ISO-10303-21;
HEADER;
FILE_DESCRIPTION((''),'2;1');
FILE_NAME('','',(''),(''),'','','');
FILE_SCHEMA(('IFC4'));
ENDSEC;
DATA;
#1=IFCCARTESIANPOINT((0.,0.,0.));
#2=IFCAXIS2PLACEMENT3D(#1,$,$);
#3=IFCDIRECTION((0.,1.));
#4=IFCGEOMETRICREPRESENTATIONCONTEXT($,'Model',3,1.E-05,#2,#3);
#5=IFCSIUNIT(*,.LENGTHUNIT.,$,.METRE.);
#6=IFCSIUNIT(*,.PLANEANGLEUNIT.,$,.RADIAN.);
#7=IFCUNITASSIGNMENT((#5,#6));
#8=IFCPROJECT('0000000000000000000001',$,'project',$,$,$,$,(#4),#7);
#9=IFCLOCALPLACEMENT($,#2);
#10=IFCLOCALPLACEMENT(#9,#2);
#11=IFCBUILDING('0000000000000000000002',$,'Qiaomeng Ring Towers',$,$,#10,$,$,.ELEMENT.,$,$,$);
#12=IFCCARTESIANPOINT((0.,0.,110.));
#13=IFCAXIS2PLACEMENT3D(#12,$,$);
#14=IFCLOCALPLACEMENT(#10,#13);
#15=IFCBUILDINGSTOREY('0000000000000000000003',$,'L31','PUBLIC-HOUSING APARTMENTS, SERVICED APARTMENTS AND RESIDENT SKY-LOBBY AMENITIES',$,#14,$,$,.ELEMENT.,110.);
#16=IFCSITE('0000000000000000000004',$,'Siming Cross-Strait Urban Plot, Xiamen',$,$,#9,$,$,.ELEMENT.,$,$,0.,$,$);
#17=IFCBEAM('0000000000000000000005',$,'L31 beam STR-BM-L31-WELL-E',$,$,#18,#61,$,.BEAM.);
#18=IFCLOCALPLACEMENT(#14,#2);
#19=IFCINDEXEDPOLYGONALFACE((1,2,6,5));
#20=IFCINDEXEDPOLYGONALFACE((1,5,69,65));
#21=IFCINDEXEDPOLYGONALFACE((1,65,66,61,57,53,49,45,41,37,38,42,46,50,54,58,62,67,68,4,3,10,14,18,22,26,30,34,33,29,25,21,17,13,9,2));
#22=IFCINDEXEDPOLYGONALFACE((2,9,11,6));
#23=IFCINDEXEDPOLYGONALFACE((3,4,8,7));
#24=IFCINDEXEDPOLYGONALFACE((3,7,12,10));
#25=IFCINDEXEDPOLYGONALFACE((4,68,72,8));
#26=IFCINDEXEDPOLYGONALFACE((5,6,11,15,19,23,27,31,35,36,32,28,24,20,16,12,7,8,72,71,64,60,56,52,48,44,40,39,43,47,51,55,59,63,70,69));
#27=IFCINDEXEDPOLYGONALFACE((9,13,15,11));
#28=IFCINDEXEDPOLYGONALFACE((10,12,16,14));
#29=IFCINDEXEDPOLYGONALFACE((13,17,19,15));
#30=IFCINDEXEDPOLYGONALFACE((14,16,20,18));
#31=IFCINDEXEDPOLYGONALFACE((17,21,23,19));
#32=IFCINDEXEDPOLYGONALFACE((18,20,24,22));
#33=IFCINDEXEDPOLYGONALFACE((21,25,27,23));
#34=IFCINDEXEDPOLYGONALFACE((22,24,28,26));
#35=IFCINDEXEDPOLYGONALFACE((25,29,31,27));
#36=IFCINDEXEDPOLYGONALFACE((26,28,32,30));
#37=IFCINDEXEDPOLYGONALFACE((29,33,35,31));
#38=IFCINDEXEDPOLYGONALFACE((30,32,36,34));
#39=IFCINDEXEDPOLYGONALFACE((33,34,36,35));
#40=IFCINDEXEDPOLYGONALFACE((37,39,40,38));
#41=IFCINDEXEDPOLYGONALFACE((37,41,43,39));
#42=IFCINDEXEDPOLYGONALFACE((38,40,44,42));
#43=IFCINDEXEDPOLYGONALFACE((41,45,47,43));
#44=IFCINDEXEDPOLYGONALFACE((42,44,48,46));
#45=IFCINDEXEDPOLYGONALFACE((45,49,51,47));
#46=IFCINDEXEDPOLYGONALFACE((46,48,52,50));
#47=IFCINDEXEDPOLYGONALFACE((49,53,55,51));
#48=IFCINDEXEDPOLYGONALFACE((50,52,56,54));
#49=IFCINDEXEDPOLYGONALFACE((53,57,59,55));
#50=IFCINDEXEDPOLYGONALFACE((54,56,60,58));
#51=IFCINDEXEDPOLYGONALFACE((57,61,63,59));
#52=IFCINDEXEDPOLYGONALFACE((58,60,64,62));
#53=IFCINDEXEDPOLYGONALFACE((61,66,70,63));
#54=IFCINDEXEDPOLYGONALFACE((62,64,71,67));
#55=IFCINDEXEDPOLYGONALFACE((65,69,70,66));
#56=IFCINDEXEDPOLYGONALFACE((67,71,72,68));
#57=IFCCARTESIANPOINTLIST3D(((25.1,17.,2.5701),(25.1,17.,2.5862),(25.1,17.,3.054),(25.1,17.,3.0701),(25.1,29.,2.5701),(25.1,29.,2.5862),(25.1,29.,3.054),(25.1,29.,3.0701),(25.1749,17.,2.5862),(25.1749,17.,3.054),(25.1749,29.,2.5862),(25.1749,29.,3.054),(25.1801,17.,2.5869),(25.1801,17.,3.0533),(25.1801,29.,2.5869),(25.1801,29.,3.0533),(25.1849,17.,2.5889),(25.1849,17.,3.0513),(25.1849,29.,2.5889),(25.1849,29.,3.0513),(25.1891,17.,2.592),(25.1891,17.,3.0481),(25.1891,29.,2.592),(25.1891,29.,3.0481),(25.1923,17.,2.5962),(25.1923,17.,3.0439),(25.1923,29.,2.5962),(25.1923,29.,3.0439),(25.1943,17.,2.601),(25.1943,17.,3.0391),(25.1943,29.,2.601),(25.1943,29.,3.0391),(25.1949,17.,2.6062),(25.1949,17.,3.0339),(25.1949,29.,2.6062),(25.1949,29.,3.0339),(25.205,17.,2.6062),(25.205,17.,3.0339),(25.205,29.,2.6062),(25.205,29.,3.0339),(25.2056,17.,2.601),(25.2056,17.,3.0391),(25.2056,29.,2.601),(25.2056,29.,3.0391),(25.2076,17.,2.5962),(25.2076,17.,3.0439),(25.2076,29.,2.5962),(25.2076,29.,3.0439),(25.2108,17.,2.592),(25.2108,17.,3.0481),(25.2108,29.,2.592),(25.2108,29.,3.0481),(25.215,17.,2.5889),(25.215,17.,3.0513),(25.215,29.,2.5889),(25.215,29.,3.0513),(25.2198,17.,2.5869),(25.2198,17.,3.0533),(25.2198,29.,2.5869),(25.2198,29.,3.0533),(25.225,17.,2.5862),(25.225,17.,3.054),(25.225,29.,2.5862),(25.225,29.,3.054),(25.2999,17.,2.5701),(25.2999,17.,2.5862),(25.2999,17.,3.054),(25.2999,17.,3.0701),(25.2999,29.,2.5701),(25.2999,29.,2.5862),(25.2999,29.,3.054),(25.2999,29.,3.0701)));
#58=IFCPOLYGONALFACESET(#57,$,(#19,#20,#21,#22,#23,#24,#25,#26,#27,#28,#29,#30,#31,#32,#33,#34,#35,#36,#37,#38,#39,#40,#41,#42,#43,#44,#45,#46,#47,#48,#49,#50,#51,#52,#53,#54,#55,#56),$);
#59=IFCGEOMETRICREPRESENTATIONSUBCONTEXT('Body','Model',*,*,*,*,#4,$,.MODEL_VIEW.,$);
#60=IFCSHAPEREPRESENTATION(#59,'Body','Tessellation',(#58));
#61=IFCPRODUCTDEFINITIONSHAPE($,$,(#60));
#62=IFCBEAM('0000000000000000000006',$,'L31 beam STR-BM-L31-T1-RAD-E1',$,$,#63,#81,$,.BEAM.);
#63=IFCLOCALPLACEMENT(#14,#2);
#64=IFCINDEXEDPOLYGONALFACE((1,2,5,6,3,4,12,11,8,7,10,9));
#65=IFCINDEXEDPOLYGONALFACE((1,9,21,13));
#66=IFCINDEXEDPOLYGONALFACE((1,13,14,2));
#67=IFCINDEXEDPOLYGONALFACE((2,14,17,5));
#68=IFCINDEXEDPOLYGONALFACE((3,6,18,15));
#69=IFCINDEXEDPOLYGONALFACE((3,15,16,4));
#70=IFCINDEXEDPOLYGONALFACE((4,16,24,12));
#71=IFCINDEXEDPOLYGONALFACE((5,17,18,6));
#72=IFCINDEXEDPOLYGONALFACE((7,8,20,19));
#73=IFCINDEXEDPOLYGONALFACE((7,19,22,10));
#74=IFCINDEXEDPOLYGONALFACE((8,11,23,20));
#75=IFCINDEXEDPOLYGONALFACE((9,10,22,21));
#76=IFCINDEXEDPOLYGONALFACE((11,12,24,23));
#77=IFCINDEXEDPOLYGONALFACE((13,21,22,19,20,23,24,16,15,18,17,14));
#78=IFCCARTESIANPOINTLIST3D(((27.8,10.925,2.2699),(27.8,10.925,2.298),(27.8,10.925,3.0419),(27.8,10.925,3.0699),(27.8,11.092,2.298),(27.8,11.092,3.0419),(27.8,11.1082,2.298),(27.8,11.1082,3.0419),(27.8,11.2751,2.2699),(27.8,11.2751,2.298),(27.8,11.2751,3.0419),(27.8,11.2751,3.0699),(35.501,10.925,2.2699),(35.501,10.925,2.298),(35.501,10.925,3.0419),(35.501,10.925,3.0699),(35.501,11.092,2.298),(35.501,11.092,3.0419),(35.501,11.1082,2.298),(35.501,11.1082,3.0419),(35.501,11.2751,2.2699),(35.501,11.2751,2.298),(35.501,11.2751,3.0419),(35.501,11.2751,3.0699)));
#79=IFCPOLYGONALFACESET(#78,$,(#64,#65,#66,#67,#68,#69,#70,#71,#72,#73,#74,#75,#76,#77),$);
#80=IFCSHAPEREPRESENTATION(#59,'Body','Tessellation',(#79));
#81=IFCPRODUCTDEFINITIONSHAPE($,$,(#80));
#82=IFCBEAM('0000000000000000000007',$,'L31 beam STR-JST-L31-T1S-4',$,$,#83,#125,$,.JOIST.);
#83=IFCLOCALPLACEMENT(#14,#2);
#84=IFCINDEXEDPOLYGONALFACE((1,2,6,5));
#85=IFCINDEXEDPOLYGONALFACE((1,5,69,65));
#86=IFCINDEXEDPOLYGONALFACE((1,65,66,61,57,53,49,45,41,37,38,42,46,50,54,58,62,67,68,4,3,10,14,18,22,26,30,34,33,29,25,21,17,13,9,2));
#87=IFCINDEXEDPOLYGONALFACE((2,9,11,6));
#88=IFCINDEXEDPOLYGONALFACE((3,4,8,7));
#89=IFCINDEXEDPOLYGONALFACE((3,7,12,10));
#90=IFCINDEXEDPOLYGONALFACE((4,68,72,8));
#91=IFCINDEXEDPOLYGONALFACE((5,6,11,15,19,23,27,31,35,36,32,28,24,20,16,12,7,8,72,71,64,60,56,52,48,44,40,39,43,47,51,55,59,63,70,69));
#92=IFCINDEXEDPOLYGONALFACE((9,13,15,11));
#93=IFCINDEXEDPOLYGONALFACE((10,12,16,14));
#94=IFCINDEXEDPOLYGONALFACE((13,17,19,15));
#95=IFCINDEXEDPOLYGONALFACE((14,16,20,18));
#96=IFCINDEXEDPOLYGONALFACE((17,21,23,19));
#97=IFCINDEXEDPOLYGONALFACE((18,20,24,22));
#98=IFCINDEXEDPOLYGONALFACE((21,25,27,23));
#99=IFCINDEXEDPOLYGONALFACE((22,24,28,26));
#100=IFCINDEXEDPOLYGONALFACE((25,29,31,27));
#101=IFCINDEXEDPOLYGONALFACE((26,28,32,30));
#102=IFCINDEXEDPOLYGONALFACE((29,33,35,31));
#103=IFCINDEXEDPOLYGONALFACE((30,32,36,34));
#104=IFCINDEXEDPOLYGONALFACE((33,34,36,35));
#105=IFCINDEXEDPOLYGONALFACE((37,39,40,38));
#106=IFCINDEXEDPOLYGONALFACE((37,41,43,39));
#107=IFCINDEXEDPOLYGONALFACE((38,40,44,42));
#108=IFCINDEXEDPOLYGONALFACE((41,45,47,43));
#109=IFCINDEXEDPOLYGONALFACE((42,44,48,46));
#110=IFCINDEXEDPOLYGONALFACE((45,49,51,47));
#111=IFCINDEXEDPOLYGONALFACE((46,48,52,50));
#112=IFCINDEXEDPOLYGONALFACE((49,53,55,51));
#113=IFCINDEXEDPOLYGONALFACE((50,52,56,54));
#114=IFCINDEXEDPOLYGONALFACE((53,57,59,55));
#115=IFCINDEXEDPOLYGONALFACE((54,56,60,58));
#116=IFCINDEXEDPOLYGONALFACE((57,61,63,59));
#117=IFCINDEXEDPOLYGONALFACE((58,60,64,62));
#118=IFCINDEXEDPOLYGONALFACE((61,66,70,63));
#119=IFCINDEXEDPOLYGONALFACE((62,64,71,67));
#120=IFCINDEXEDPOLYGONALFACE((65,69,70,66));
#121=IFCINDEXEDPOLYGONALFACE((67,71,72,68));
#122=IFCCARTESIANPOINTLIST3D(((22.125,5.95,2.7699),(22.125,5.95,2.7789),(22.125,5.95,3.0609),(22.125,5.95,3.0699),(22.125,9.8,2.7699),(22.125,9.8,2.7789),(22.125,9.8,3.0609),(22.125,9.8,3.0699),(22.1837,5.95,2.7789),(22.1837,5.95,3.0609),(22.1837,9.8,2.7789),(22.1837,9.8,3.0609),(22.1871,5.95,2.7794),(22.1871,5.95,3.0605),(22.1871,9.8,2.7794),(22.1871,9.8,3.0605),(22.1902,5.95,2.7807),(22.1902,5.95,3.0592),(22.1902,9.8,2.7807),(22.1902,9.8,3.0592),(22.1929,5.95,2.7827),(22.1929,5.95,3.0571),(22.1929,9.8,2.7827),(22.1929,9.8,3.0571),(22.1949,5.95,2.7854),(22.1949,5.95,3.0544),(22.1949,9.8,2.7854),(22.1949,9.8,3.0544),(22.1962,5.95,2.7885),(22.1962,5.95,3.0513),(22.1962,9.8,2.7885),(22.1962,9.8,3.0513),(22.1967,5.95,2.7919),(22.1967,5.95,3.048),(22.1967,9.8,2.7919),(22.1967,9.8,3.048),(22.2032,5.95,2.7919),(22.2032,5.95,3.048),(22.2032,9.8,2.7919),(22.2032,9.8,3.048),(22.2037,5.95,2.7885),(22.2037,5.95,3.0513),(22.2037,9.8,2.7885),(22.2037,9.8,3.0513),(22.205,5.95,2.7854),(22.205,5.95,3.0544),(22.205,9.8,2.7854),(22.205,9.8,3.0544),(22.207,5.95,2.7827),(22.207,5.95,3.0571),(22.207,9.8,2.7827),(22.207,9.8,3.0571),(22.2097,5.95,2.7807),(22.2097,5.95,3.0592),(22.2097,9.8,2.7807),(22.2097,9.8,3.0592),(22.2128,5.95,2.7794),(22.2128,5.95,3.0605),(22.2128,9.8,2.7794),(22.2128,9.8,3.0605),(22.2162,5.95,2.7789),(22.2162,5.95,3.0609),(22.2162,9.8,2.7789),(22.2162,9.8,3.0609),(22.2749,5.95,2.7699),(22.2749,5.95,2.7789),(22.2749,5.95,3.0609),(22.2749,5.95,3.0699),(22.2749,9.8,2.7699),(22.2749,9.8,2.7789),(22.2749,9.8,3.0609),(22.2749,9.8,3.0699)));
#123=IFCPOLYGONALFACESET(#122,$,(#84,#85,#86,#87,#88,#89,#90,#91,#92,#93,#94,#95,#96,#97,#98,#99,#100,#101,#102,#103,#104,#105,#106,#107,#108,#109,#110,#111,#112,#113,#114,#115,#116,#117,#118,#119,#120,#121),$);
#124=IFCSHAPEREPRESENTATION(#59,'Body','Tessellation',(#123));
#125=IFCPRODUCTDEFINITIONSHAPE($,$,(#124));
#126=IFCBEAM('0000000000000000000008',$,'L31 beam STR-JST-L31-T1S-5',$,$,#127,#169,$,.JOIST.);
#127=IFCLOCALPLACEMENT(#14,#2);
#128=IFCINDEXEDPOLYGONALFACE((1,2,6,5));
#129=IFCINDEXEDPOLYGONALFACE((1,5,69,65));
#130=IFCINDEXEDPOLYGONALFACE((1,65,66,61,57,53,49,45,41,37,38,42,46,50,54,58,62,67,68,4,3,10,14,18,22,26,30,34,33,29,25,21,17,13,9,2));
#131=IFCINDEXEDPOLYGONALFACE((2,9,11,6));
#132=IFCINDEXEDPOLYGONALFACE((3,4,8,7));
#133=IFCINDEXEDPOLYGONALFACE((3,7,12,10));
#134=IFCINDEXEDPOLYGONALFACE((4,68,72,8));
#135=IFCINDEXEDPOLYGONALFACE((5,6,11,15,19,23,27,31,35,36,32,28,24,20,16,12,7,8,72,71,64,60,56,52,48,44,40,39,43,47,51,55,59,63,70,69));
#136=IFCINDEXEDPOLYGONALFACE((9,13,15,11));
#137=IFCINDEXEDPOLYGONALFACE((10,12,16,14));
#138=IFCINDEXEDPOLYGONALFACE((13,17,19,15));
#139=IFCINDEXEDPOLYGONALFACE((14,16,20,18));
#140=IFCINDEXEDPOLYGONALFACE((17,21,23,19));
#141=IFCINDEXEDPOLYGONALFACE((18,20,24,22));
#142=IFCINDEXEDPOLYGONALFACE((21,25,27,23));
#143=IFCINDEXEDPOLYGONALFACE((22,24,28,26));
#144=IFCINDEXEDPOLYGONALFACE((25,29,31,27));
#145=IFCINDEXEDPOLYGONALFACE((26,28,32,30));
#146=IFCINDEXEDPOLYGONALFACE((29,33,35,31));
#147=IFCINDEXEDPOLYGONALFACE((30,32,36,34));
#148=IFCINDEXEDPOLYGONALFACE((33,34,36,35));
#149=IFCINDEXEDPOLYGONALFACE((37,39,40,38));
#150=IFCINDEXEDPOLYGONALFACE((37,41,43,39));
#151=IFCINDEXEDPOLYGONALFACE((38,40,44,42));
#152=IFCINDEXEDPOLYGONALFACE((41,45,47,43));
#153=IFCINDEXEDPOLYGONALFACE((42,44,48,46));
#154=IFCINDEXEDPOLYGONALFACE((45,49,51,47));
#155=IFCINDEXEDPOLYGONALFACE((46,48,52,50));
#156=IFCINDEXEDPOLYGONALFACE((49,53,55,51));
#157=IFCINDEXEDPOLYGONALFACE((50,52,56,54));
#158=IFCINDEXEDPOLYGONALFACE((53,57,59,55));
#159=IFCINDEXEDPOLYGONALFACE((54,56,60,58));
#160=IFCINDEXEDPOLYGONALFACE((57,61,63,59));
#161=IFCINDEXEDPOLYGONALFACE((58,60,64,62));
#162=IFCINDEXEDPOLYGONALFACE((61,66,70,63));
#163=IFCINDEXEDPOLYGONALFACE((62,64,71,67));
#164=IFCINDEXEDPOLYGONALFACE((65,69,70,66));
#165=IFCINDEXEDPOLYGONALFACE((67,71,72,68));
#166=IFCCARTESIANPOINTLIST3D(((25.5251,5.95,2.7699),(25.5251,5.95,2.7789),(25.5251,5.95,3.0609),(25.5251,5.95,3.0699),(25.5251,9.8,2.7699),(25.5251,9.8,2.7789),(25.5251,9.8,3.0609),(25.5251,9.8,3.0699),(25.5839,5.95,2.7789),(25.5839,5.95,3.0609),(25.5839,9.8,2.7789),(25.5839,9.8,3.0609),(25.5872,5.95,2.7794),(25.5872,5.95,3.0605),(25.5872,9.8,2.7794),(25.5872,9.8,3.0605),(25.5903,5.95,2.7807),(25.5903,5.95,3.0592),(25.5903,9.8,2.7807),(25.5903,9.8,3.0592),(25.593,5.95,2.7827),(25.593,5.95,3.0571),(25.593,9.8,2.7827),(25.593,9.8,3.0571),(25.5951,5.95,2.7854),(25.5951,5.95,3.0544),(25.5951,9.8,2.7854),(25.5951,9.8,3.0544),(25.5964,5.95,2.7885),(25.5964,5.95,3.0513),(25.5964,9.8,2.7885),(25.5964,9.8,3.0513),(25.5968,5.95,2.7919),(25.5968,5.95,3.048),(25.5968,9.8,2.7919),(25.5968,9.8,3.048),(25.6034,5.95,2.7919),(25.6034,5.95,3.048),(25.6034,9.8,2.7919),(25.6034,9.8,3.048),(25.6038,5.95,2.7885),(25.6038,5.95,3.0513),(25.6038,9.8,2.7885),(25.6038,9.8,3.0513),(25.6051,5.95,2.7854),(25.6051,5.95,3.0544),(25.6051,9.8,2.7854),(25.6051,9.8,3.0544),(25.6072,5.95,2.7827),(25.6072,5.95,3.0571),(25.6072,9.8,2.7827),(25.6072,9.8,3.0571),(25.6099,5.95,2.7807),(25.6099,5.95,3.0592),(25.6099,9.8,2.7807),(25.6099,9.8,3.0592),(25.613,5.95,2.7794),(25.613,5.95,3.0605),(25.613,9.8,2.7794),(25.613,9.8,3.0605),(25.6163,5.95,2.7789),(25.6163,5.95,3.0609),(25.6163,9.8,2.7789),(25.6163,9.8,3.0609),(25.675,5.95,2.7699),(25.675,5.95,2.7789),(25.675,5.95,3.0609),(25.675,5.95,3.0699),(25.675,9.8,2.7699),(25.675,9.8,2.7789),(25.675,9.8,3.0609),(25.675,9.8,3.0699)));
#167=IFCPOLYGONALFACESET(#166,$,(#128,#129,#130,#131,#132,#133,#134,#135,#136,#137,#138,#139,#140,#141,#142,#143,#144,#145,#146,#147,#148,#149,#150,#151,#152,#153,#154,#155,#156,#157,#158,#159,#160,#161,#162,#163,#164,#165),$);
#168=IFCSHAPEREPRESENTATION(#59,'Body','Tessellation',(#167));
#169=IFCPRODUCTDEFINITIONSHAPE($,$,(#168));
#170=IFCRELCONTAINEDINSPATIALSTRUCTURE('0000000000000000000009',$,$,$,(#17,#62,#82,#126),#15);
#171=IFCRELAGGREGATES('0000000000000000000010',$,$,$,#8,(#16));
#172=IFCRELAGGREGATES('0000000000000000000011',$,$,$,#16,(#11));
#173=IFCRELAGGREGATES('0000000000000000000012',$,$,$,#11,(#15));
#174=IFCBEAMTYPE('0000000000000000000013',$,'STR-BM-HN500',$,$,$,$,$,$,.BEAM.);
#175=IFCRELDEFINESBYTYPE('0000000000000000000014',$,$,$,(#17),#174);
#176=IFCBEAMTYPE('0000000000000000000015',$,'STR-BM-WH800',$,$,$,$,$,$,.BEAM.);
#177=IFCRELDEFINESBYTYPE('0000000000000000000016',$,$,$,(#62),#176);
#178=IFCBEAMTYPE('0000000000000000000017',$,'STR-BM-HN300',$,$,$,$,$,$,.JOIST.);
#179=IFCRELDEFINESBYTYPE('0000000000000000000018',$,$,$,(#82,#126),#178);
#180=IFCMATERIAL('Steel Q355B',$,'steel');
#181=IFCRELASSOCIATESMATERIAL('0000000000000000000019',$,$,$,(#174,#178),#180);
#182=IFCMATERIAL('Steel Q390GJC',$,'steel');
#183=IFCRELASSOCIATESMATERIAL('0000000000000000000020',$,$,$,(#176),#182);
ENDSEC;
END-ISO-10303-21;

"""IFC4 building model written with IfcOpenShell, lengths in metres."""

from ifc_helpers import new_model, si_unit, direction, frame, origin, origin_2d, place, context, subcontext, project, spatial, i_section, extrude, source, transform, mapped, material, material_profile, profile_set, type_object, element, save


model = new_model("IFC4")

# Units and contexts
model_context = context("Model", 3, precision=1e-05, world=origin(), true_north=direction((0.0, 1.0)))
body_context = subcontext(model_context, "Body", "Model", "MODEL_VIEW")
ifc_project = project(units=[si_unit("LENGTHUNIT", "METRE"), si_unit("PLANEANGLEUNIT", "RADIAN")], contexts=[model_context])

# Site, building, storey
site_placement = place(None, origin())
site = spatial("IfcSite", under=ifc_project, at=site_placement, Name="Siming Cross-Strait Urban Plot, Xiamen", CompositionType="ELEMENT", RefElevation=0.0)
building_placement = place(site_placement, origin())
building = spatial("IfcBuilding", under=site, at=building_placement, Name="Qiaomeng Ring Towers", CompositionType="ELEMENT")
storey_placement = place(building_placement, frame((0.0, 0.0, 110.0)))
storey = spatial("IfcBuildingStorey", under=building, at=storey_placement, Name="L31", Description="PUBLIC-HOUSING APARTMENTS, SERVICED APARTMENTS AND RESIDENT SKY-LOBBY AMENITIES", CompositionType="ELEMENT", Elevation=110.0)

# Beams
ifc_material_1 = material(Name="Steel Q355B", Category="steel")
ifc_material_profile_1 = material_profile(ifc_material_1, i_section(OverallWidth=0.2, OverallDepth=0.5, WebThickness=0.01, FlangeThickness=0.0161, FilletRadius=0.02, at=origin_2d()), Name="HN 500x200x10x16")
ifc_profile_set_1 = profile_set([ifc_material_profile_1], Name="Steel Q355B")
beam_type_1 = type_object("IfcBeamType", Name="STR-BM-HN500", PredefinedType="BEAM", material=ifc_profile_set_1)
shared_shape_1 = source(origin(), body_context, "Body", "SweptSolid", [
    extrude(i_section(OverallWidth=0.2, OverallDepth=0.5, WebThickness=0.01, FlangeThickness=0.0161, FilletRadius=0.02, at=origin_2d()), origin(), (0.0, 0.0, 1.0), 12.0),
])
beam_1_placement = place(storey_placement, frame((25.2, 17.0, 2.8201), z_axis=(0.0, 1.0, 0.0), x_axis=(-1.0, 0.0, 0.0)))
element("IfcBeam", 1, at=beam_1_placement, inside=storey, type_object=beam_type_1, Name="L31 beam STR-BM-L31-WELL-E", PredefinedType="BEAM", context=body_context, shape_type="MappedRepresentation", body=[
    mapped(shared_shape_1, transform((0.0, 0.0, 0.0), x_axis=(1.0, 0.0, 0.0), y_axis=(0.0, 1.0, 0.0), z_axis=(0.0, 0.0, 1.0), scale=1.0)),
])
ifc_material_2 = material(Name="Steel Q390GJC", Category="steel")
ifc_material_profile_2 = material_profile(ifc_material_2, i_section(OverallWidth=0.3501, OverallDepth=0.8, WebThickness=0.0161, FlangeThickness=0.0281, at=origin_2d()), Name="WH 800x350x16x28")
ifc_profile_set_2 = profile_set([ifc_material_profile_2], Name="Steel Q390GJC")
beam_type_2 = type_object("IfcBeamType", Name="STR-BM-WH800", PredefinedType="BEAM", material=ifc_profile_set_2)
shared_shape_2 = source(origin(), body_context, "Body", "SweptSolid", [
    extrude(i_section(OverallWidth=0.3501, OverallDepth=0.8, WebThickness=0.0161, FlangeThickness=0.0281, at=origin_2d()), origin(), (0.0, 0.0, 1.0), 7.7009),
])
beam_2_placement = place(storey_placement, frame((27.8, 11.1001, 2.6699), z_axis=(1.0, 0.0, 0.0), x_axis=(0.0, 1.0, 0.0)))
element("IfcBeam", 2, at=beam_2_placement, inside=storey, type_object=beam_type_2, Name="L31 beam STR-BM-L31-T1-RAD-E1", PredefinedType="BEAM", context=body_context, shape_type="MappedRepresentation", body=[
    mapped(shared_shape_2, transform((0.0, 0.0, 0.0), x_axis=(1.0, 0.0, 0.0), y_axis=(0.0, 1.0, 0.0), z_axis=(0.0, 0.0, 1.0), scale=1.0)),
])
ifc_material_profile_3 = material_profile(ifc_material_1, i_section(OverallWidth=0.1499, OverallDepth=0.3, WebThickness=0.0066, FlangeThickness=0.009, FilletRadius=0.0129, at=origin_2d()), Name="HN 300x150x6.5x9")
ifc_profile_set_3 = profile_set([ifc_material_profile_3], Name="Steel Q355B")
beam_type_3 = type_object("IfcBeamType", Name="STR-BM-HN300", PredefinedType="JOIST", material=ifc_profile_set_3)
shared_shape_3 = source(origin(), body_context, "Body", "SweptSolid", [
    extrude(i_section(OverallWidth=0.1499, OverallDepth=0.3, WebThickness=0.0066, FlangeThickness=0.009, FilletRadius=0.0129, at=origin_2d()), origin(), (0.0, 0.0, 1.0), 3.8501),
])
for number, where, z_axis, x_axis, name in (
    (3, (22.2, 5.95, 2.9199), (0.0, 1.0, 0.0), (-1.0, 0.0, 0.0), "L31 beam STR-JST-L31-T1S-4"),
    (4, (25.6001, 5.95, 2.9199), (0.0, 1.0, 0.0), (-1.0, 0.0, 0.0), "L31 beam STR-JST-L31-T1S-5"),
):
    element("IfcBeam", number, at=place(storey_placement, frame(where, z_axis=z_axis, x_axis=x_axis)), inside=storey, type_object=beam_type_3, Name=name, PredefinedType="JOIST", context=body_context, shape_type="MappedRepresentation", body=[
        mapped(shared_shape_3, transform((0.0, 0.0, 0.0), x_axis=(1.0, 0.0, 0.0), y_axis=(0.0, 1.0, 0.0), z_axis=(0.0, 0.0, 1.0), scale=1.0)),
    ])

save(model, "model.ifc")
